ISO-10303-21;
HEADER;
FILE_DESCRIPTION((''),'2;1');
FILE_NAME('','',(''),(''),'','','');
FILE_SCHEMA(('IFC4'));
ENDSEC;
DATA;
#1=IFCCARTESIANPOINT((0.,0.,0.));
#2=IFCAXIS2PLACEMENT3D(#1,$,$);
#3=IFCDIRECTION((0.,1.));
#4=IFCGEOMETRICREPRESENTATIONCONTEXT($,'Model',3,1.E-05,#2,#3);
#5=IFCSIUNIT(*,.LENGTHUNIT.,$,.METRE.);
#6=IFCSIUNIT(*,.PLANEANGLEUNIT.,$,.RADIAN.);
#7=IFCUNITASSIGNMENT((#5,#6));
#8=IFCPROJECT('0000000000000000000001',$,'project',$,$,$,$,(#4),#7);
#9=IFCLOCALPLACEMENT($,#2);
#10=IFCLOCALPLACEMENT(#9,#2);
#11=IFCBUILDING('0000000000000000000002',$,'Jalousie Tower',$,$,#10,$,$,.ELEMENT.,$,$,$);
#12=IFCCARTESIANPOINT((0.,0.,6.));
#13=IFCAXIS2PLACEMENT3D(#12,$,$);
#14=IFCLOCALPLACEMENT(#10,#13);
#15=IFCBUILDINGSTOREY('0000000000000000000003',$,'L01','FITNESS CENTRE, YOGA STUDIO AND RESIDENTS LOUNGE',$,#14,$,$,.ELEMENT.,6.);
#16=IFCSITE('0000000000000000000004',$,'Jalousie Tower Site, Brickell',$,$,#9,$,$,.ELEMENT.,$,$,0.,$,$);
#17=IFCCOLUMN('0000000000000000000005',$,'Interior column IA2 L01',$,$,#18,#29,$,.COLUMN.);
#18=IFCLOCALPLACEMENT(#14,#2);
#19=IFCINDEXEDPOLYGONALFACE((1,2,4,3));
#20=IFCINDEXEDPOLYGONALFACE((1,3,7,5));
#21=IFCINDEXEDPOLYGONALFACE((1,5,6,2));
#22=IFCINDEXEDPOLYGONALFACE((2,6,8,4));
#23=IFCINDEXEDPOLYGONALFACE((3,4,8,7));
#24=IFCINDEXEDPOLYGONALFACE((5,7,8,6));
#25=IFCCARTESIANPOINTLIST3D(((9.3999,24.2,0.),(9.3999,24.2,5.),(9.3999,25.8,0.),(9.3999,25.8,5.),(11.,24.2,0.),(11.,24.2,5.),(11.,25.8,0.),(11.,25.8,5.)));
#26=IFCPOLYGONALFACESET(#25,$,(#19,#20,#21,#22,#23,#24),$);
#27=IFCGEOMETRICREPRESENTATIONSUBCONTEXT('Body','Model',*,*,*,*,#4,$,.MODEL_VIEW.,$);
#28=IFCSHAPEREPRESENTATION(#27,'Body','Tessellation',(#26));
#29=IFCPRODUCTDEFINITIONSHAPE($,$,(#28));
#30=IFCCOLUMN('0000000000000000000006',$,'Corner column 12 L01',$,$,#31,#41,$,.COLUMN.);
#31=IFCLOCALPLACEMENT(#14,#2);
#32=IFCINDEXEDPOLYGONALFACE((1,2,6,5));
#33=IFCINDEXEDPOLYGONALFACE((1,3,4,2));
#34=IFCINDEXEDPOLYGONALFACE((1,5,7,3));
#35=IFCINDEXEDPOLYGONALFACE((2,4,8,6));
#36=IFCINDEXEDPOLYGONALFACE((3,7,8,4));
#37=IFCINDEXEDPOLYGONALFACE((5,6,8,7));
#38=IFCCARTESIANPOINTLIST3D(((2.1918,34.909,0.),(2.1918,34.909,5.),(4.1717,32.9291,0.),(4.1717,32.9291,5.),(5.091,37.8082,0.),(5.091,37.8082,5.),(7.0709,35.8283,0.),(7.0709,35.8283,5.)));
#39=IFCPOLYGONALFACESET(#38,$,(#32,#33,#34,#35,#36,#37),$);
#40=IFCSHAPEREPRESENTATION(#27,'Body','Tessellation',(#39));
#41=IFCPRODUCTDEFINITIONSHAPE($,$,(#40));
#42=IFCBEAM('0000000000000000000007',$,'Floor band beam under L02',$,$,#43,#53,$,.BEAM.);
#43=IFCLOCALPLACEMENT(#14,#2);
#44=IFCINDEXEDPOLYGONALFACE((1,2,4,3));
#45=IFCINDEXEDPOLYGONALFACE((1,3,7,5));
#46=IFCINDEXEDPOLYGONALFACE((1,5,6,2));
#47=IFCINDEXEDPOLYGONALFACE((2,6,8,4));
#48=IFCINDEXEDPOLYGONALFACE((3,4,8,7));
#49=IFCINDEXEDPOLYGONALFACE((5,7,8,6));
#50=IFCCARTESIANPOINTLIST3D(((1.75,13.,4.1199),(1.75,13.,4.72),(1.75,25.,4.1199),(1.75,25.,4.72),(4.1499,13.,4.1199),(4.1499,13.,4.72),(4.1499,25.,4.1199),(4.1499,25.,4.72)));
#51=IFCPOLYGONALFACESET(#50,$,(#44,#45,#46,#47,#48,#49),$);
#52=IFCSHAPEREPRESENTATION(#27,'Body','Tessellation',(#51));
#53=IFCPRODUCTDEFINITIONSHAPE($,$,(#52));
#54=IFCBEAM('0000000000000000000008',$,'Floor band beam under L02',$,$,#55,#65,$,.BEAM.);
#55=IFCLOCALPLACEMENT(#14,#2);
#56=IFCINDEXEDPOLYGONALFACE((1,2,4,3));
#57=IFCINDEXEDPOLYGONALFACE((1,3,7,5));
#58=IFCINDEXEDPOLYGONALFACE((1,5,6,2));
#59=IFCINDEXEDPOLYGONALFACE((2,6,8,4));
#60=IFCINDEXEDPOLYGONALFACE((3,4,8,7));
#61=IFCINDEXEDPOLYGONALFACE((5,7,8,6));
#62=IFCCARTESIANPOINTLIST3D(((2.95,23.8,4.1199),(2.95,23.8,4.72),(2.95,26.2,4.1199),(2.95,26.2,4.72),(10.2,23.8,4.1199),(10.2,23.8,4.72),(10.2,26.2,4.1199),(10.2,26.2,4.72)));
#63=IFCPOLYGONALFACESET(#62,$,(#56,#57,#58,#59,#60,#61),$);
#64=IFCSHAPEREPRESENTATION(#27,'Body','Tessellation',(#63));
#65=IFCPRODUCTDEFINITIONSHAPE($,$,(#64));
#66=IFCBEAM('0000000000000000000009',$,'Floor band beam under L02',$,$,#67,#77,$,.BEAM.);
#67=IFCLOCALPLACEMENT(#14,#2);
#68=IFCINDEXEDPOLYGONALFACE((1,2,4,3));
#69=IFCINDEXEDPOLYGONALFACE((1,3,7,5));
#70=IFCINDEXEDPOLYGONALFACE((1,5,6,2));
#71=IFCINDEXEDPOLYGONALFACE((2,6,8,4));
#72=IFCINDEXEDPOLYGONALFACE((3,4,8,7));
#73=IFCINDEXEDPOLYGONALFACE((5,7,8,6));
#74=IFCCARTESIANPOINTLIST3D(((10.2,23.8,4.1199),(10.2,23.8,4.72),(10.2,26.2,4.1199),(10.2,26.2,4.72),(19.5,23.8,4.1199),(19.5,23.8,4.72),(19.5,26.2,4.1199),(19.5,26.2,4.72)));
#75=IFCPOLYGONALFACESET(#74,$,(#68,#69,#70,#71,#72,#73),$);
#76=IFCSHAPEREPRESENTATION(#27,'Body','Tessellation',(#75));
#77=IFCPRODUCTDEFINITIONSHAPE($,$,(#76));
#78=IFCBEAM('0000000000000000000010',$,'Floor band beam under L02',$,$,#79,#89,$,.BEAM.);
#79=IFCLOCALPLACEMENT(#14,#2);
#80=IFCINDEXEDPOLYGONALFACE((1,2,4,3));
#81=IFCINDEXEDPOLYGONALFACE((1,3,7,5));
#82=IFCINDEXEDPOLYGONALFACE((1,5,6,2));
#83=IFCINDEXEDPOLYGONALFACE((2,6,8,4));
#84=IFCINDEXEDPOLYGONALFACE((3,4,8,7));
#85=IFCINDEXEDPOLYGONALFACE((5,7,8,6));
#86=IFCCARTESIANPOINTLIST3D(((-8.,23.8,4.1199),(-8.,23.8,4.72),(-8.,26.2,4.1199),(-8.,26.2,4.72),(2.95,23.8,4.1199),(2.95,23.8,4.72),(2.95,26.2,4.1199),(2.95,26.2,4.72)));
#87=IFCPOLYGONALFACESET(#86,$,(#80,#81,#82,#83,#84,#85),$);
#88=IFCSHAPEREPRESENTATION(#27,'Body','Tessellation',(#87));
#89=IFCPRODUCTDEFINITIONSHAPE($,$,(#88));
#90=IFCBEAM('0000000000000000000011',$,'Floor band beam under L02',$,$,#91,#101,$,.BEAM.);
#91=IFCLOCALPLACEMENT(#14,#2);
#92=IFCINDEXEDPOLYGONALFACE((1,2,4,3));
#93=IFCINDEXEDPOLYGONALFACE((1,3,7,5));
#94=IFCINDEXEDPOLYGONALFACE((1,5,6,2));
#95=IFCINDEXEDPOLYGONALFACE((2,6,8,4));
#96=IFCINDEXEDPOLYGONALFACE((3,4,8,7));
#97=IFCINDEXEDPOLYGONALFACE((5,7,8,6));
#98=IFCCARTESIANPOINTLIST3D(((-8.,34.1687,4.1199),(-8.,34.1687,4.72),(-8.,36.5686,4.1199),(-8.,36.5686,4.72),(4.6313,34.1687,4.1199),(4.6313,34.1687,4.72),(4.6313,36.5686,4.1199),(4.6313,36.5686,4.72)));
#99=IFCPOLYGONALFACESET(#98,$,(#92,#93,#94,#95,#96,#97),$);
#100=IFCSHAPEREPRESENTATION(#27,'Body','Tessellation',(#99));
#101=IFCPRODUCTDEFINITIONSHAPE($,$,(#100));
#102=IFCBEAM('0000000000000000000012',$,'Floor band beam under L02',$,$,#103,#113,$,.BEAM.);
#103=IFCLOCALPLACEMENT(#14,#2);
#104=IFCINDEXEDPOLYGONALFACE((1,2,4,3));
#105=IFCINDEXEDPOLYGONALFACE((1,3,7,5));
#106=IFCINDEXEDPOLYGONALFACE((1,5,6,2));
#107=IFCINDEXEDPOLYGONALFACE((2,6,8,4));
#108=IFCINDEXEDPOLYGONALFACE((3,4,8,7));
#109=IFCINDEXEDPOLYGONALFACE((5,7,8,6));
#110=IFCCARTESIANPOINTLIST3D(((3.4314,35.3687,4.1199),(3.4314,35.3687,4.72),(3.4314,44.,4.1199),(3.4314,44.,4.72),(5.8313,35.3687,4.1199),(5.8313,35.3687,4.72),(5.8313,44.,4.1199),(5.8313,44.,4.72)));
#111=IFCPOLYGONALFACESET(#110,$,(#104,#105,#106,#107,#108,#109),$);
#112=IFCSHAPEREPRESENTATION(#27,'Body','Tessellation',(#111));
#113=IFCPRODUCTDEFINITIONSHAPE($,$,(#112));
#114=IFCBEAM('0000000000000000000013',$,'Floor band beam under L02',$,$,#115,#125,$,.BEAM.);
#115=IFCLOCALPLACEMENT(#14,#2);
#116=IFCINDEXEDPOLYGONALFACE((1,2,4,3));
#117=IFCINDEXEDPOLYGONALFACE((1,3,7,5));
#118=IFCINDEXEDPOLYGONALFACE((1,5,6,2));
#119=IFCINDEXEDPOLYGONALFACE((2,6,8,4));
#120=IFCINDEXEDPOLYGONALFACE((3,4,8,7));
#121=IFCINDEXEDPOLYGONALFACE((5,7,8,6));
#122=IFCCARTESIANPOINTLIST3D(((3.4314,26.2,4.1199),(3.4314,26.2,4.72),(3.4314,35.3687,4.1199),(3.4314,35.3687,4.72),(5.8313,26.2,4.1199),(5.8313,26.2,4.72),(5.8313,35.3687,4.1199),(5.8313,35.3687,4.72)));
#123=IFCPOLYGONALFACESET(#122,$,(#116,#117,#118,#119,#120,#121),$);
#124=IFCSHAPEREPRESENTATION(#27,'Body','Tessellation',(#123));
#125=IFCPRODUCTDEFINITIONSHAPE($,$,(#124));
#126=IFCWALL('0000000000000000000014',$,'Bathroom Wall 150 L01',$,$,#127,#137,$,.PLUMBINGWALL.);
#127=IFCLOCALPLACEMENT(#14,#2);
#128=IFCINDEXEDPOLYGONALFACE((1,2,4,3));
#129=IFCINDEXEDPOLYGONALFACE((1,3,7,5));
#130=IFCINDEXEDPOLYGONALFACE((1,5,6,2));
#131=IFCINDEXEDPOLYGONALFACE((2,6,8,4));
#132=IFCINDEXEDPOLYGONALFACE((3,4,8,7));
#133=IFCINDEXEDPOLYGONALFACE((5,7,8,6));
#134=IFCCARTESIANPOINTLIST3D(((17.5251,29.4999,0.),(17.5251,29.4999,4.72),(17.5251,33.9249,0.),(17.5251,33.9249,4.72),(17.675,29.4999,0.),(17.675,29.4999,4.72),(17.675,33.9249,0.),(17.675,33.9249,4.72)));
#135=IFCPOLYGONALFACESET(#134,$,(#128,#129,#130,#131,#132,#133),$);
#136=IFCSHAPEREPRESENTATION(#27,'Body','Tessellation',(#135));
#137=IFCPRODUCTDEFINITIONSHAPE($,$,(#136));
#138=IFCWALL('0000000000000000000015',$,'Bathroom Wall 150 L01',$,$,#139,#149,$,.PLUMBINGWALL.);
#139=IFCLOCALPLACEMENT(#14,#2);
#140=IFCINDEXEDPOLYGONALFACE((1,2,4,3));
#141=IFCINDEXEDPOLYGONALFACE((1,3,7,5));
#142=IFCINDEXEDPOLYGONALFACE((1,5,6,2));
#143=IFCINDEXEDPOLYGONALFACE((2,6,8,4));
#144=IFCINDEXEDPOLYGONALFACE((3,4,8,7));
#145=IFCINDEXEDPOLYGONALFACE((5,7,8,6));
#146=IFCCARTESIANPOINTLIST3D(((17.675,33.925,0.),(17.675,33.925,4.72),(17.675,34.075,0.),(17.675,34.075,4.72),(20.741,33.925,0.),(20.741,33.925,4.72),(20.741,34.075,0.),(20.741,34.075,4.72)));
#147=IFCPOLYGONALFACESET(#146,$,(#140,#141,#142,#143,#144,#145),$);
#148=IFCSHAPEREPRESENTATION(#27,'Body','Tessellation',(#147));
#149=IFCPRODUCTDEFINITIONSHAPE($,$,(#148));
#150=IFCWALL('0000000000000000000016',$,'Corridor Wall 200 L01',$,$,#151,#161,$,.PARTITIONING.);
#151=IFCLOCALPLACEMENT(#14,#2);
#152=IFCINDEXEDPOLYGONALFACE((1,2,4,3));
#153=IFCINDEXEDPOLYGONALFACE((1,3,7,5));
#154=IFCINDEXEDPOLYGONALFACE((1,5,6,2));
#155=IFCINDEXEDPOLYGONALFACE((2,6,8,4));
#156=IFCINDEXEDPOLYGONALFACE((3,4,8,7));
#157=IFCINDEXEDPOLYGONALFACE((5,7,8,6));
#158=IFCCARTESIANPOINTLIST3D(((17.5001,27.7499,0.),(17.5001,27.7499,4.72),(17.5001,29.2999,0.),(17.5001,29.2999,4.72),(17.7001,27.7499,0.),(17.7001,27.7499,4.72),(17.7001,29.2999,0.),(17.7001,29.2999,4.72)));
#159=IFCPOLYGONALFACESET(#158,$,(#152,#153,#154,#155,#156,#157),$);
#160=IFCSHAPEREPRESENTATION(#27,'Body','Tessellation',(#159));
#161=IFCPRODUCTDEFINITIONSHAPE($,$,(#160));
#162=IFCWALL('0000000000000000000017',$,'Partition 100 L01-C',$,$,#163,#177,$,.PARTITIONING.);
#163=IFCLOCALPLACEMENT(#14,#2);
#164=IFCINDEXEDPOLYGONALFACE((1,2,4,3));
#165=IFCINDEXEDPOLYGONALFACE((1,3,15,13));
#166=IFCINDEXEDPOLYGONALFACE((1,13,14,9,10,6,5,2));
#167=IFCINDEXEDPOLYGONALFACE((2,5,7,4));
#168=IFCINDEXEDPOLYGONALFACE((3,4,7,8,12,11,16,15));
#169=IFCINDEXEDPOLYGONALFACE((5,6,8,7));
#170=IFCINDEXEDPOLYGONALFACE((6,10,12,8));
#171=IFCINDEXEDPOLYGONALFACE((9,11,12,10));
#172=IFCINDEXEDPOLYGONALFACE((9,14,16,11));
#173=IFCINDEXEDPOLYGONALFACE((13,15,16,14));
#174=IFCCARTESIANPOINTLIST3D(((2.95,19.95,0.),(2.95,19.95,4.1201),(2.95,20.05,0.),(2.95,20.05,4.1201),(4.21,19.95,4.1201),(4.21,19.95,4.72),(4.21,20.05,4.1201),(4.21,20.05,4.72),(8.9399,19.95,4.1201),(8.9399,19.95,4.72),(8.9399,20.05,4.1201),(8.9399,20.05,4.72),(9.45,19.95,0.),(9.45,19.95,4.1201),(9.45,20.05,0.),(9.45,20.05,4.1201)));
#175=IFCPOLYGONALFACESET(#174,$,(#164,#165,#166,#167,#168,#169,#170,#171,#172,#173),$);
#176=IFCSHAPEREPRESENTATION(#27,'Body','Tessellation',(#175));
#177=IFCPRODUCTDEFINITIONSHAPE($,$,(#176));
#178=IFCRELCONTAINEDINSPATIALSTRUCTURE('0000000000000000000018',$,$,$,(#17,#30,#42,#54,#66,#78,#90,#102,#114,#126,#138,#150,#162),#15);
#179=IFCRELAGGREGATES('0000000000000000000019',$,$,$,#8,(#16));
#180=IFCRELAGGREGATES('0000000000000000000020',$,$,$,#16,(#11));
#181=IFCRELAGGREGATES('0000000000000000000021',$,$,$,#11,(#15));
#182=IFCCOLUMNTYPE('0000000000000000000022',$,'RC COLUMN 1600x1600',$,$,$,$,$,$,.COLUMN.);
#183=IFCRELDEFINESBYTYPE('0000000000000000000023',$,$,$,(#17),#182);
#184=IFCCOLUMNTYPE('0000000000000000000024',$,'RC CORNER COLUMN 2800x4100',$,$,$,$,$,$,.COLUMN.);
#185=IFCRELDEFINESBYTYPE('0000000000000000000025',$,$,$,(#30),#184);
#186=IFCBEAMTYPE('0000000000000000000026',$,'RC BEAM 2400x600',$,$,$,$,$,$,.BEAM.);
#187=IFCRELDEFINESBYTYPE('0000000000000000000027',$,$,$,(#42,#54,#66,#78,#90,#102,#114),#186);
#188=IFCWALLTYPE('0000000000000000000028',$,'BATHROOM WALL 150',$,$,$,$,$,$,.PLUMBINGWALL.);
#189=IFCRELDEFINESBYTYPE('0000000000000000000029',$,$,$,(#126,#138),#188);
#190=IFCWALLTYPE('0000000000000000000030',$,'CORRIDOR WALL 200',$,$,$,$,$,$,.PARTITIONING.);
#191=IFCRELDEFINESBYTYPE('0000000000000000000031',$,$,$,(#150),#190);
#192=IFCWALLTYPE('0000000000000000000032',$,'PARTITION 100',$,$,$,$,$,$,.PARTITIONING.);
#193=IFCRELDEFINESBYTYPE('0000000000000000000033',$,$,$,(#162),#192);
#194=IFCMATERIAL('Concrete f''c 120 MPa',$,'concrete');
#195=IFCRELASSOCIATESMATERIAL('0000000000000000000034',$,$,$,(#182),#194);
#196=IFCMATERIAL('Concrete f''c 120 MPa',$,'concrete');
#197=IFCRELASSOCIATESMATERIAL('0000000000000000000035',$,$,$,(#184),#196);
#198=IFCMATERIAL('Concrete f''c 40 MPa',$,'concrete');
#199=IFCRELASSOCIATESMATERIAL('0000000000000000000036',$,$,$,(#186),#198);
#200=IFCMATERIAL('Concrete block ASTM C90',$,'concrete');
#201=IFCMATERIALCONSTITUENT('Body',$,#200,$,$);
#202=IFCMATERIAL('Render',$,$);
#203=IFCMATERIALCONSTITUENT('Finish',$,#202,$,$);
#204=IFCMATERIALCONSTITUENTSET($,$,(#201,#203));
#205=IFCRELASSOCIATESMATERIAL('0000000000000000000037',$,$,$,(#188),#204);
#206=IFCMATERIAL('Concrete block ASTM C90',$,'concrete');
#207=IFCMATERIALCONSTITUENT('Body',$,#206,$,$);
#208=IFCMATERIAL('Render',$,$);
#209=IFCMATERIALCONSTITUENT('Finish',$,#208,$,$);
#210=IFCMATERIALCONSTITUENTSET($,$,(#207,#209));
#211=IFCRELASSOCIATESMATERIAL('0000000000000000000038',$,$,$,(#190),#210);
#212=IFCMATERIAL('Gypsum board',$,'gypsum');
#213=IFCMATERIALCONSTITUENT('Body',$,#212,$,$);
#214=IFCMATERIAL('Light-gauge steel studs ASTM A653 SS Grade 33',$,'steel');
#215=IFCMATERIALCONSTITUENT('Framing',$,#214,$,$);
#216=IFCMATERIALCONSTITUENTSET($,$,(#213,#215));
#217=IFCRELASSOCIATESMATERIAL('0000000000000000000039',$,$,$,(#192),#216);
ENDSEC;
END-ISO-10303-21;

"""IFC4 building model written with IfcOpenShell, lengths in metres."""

from ifc_helpers import new_model, si_unit, direction, frame, frame_2d, origin, origin_2d, place, context, subcontext, project, spatial, polyline, rectangle, outline, extrude, material, constituent, constituent_set, material_profile, profile_set, type_object, element, save


model = new_model("IFC4")

# Units and contexts
model_context = context("Model", 3, precision=1e-05, world=origin(), true_north=direction((0.0, 1.0)))
body_context = subcontext(model_context, "Body", "Model", "MODEL_VIEW")
ifc_project = project(units=[si_unit("LENGTHUNIT", "METRE"), si_unit("PLANEANGLEUNIT", "RADIAN")], contexts=[model_context])

# Site, building, storey
site_placement = place(None, origin())
site = spatial("IfcSite", under=ifc_project, at=site_placement, Name="Jalousie Tower Site, Brickell", CompositionType="ELEMENT", RefElevation=0.0)
building_placement = place(site_placement, origin())
building = spatial("IfcBuilding", under=site, at=building_placement, Name="Jalousie Tower", CompositionType="ELEMENT")
storey_placement = place(building_placement, frame((0.0, 0.0, 6.0)))
storey = spatial("IfcBuildingStorey", under=building, at=storey_placement, Name="L01", Description="FITNESS CENTRE, YOGA STUDIO AND RESIDENTS LOUNGE", CompositionType="ELEMENT", Elevation=6.0)

# Columns
ifc_material_1 = material(Name="Concrete f'c 120 MPa", Category="concrete")
ifc_material_profile_1 = material_profile(ifc_material_1, rectangle(XDim=1.6001, YDim=1.6001, at=origin_2d()), Name="RC 1600x1600")
ifc_profile_set_1 = profile_set([ifc_material_profile_1], Name="Concrete f'c 120 MPa")
column_type_1 = type_object("IfcColumnType", Name="RC COLUMN 1600x1600", PredefinedType="COLUMN", material=ifc_profile_set_1)
column_1_placement = place(storey_placement, frame((10.2, 25.0, 0.0), z_axis=(0.0, 0.0, 1.0), x_axis=(1.0, 0.0, 0.0)))
element("IfcColumn", 1, at=column_1_placement, inside=storey, type_object=column_type_1, Name="Interior column IA2 L01", PredefinedType="COLUMN", context=body_context, shape_type="SweptSolid", body=[
    extrude(rectangle(XDim=1.6001, YDim=1.6001, at=origin_2d()), origin(), (0.0, 0.0, 1.0), 5.0),
])
ifc_material_2 = material(Name="Concrete f'c 120 MPa", Category="concrete")
ifc_material_profile_2 = material_profile(ifc_material_2, rectangle(XDim=2.8, YDim=4.1001, at=origin_2d()), Name="RC 2800x4100")
ifc_profile_set_2 = profile_set([ifc_material_profile_2], Name="Concrete f'c 120 MPa")
column_type_2 = type_object("IfcColumnType", Name="RC CORNER COLUMN 2800x4100", PredefinedType="COLUMN", material=ifc_profile_set_2)
column_2_placement = place(storey_placement, frame((4.6313, 35.3687, 0.0), z_axis=(0.0, 0.0, 1.0), x_axis=(0.707107, -0.707107, 0.0)))
element("IfcColumn", 2, at=column_2_placement, inside=storey, type_object=column_type_2, Name="Corner column 12 L01", PredefinedType="COLUMN", context=body_context, shape_type="SweptSolid", body=[
    extrude(rectangle(XDim=2.8, YDim=4.1001, at=origin_2d()), origin(), (0.0, 0.0, 1.0), 5.0),
])

# Beams
ifc_material_3 = material(Name="Concrete f'c 40 MPa", Category="concrete")
ifc_material_profile_3 = material_profile(ifc_material_3, rectangle(XDim=2.3999, YDim=0.6001, at=origin_2d()), Name="RC 2400x600")
ifc_profile_set_3 = profile_set([ifc_material_profile_3], Name="Concrete f'c 40 MPa")
beam_type = type_object("IfcBeamType", Name="RC BEAM 2400x600", PredefinedType="BEAM", material=ifc_profile_set_3)
beam_1_placement = place(storey_placement, frame((2.95, 25.0, 4.4199), z_axis=(0.0, -1.0, 0.0), x_axis=(1.0, 0.0, 0.0)))
element("IfcBeam", 3, at=beam_1_placement, inside=storey, type_object=beam_type, Name="Floor band beam under L02", PredefinedType="BEAM", context=body_context, shape_type="SweptSolid", body=[
    extrude(rectangle(XDim=2.3999, YDim=0.6001, at=origin_2d()), origin(), (0.0, 0.0, 1.0), 12.0),
])
beam_2_placement = place(storey_placement, frame((2.95, 25.0, 4.4199), z_axis=(1.0, 0.0, 0.0), x_axis=(0.0, 1.0, 0.0)))
element("IfcBeam", 4, at=beam_2_placement, inside=storey, type_object=beam_type, Name="Floor band beam under L02", PredefinedType="BEAM", context=body_context, shape_type="SweptSolid", body=[
    extrude(rectangle(XDim=2.3999, YDim=0.6001, at=origin_2d()), origin(), (0.0, 0.0, 1.0), 7.25),
])
beam_3_placement = place(storey_placement, frame((10.2, 25.0, 4.4199), z_axis=(1.0, 0.0, 0.0), x_axis=(0.0, 1.0, 0.0)))
element("IfcBeam", 5, at=beam_3_placement, inside=storey, type_object=beam_type, Name="Floor band beam under L02", PredefinedType="BEAM", context=body_context, shape_type="SweptSolid", body=[
    extrude(rectangle(XDim=2.3999, YDim=0.6001, at=origin_2d()), origin(), (0.0, 0.0, 1.0), 9.3),
])
beam_4_placement = place(storey_placement, frame((2.95, 25.0, 4.4199), z_axis=(-1.0, 0.0, 0.0), x_axis=(0.0, -1.0, 0.0)))
element("IfcBeam", 6, at=beam_4_placement, inside=storey, type_object=beam_type, Name="Floor band beam under L02", PredefinedType="BEAM", context=body_context, shape_type="SweptSolid", body=[
    extrude(rectangle(XDim=2.3999, YDim=0.6001, at=origin_2d()), origin(), (0.0, 0.0, 1.0), 10.95),
])
beam_5_placement = place(storey_placement, frame((4.6313, 35.3687, 4.4199), z_axis=(-1.0, 0.0, 0.0), x_axis=(0.0, -1.0, 0.0)))
element("IfcBeam", 7, at=beam_5_placement, inside=storey, type_object=beam_type, Name="Floor band beam under L02", PredefinedType="BEAM", context=body_context, shape_type="SweptSolid", body=[
    extrude(rectangle(XDim=2.3999, YDim=0.6001, at=origin_2d()), origin(), (0.0, 0.0, 1.0), 12.6313),
])
beam_6_placement = place(storey_placement, frame((4.6313, 35.3687, 4.4199), z_axis=(0.0, 1.0, 0.0), x_axis=(-1.0, 0.0, 0.0)))
element("IfcBeam", 8, at=beam_6_placement, inside=storey, type_object=beam_type, Name="Floor band beam under L02", PredefinedType="BEAM", context=body_context, shape_type="SweptSolid", body=[
    extrude(rectangle(XDim=2.3999, YDim=0.6001, at=origin_2d()), origin(), (0.0, 0.0, 1.0), 8.6313),
])
beam_7_placement = place(storey_placement, frame((4.6313, 35.3687, 4.4199), z_axis=(0.0, -1.0, 0.0), x_axis=(1.0, 0.0, 0.0)))
element("IfcBeam", 9, at=beam_7_placement, inside=storey, type_object=beam_type, Name="Floor band beam under L02", PredefinedType="BEAM", context=body_context, shape_type="SweptSolid", body=[
    extrude(rectangle(XDim=2.3999, YDim=0.6001, at=origin_2d()), origin(), (0.0, 0.0, 1.0), 9.1687),
])

# Walls
ifc_material_4 = material(Name="Concrete block ASTM C90", Category="concrete")
ifc_constituent_1 = constituent(ifc_material_4, Name="Body")
ifc_material_5 = material(Name="Render")
ifc_constituent_2 = constituent(ifc_material_5, Name="Finish")
ifc_constituent_set_1 = constituent_set(constituents=[ifc_constituent_1, ifc_constituent_2])
wall_type_1 = type_object("IfcWallType", Name="BATHROOM WALL 150", PredefinedType="PLUMBINGWALL", material=ifc_constituent_set_1)
wall_1_placement = place(storey_placement, frame((17.6001, 29.5, 0.0), z_axis=(0.0, 0.0, 1.0), x_axis=(0.0, 1.0, 0.0)))
element("IfcWall", 10, at=wall_1_placement, inside=storey, type_object=wall_type_1, Name="Bathroom Wall 150 L01", PredefinedType="PLUMBINGWALL", context=body_context, shape_type="SweptSolid", body=[
    extrude(rectangle(XDim=4.425, YDim=0.1499, at=frame_2d((2.2124, 0.0))), origin(), (0.0, 0.0, 1.0), 4.72),
])
wall_2_placement = place(storey_placement, frame((17.675, 34.0, 0.0), z_axis=(0.0, 0.0, 1.0), x_axis=(1.0, 0.0, 0.0)))
element("IfcWall", 11, at=wall_2_placement, inside=storey, type_object=wall_type_1, Name="Bathroom Wall 150 L01", PredefinedType="PLUMBINGWALL", context=body_context, shape_type="SweptSolid", body=[
    extrude(rectangle(XDim=3.0659, YDim=0.1499, at=frame_2d((1.533, 0.0))), origin(), (0.0, 0.0, 1.0), 4.72),
])
ifc_material_6 = material(Name="Concrete block ASTM C90", Category="concrete")
ifc_constituent_3 = constituent(ifc_material_6, Name="Body")
ifc_material_7 = material(Name="Render")
ifc_constituent_4 = constituent(ifc_material_7, Name="Finish")
ifc_constituent_set_2 = constituent_set(constituents=[ifc_constituent_3, ifc_constituent_4])
wall_type_2 = type_object("IfcWallType", Name="CORRIDOR WALL 200", PredefinedType="PARTITIONING", material=ifc_constituent_set_2)
wall_3_placement = place(storey_placement, frame((17.6001, 27.75, 0.0), z_axis=(0.0, 0.0, 1.0), x_axis=(0.0, 1.0, 0.0)))
element("IfcWall", 12, at=wall_3_placement, inside=storey, type_object=wall_type_2, Name="Corridor Wall 200 L01", PredefinedType="PARTITIONING", context=body_context, shape_type="SweptSolid", body=[
    extrude(rectangle(XDim=1.55, YDim=0.2, at=frame_2d((0.7749, 0.0))), origin(), (0.0, 0.0, 1.0), 4.72),
])
ifc_material_8 = material(Name="Gypsum board", Category="gypsum")
ifc_constituent_5 = constituent(ifc_material_8, Name="Body")
ifc_material_9 = material(Name="Light-gauge steel studs ASTM A653 SS Grade 33", Category="steel")
ifc_constituent_6 = constituent(ifc_material_9, Name="Framing")
ifc_constituent_set_3 = constituent_set(constituents=[ifc_constituent_5, ifc_constituent_6])
wall_type_3 = type_object("IfcWallType", Name="PARTITION 100", PredefinedType="PARTITIONING", material=ifc_constituent_set_3)
wall_4_placement = place(storey_placement, frame((2.95, 20.0, 0.0), z_axis=(0.0, 0.0, 1.0), x_axis=(1.0, 0.0, 0.0)))
element("IfcWall", 13, at=wall_4_placement, inside=storey, type_object=wall_type_3, Name="Partition 100 L01-C", PredefinedType="PARTITIONING", context=body_context, shape_type="SweptSolid", body=[
    extrude(outline(polyline([(0.0, 0.0), (6.5, 0.0), (6.5, 4.1201), (5.99, 4.1201), (5.99, 4.72), (1.26, 4.72), (1.26, 4.1201), (0.0, 4.1201), (0.0, 0.0)])), frame((0.0, 0.05, 0.0), z_axis=(0.0, -1.0, 0.0), x_axis=(1.0, 0.0, 0.0)), (0.0, 0.0, 1.0), 0.1001),
])

save(model, "model.ifc")
